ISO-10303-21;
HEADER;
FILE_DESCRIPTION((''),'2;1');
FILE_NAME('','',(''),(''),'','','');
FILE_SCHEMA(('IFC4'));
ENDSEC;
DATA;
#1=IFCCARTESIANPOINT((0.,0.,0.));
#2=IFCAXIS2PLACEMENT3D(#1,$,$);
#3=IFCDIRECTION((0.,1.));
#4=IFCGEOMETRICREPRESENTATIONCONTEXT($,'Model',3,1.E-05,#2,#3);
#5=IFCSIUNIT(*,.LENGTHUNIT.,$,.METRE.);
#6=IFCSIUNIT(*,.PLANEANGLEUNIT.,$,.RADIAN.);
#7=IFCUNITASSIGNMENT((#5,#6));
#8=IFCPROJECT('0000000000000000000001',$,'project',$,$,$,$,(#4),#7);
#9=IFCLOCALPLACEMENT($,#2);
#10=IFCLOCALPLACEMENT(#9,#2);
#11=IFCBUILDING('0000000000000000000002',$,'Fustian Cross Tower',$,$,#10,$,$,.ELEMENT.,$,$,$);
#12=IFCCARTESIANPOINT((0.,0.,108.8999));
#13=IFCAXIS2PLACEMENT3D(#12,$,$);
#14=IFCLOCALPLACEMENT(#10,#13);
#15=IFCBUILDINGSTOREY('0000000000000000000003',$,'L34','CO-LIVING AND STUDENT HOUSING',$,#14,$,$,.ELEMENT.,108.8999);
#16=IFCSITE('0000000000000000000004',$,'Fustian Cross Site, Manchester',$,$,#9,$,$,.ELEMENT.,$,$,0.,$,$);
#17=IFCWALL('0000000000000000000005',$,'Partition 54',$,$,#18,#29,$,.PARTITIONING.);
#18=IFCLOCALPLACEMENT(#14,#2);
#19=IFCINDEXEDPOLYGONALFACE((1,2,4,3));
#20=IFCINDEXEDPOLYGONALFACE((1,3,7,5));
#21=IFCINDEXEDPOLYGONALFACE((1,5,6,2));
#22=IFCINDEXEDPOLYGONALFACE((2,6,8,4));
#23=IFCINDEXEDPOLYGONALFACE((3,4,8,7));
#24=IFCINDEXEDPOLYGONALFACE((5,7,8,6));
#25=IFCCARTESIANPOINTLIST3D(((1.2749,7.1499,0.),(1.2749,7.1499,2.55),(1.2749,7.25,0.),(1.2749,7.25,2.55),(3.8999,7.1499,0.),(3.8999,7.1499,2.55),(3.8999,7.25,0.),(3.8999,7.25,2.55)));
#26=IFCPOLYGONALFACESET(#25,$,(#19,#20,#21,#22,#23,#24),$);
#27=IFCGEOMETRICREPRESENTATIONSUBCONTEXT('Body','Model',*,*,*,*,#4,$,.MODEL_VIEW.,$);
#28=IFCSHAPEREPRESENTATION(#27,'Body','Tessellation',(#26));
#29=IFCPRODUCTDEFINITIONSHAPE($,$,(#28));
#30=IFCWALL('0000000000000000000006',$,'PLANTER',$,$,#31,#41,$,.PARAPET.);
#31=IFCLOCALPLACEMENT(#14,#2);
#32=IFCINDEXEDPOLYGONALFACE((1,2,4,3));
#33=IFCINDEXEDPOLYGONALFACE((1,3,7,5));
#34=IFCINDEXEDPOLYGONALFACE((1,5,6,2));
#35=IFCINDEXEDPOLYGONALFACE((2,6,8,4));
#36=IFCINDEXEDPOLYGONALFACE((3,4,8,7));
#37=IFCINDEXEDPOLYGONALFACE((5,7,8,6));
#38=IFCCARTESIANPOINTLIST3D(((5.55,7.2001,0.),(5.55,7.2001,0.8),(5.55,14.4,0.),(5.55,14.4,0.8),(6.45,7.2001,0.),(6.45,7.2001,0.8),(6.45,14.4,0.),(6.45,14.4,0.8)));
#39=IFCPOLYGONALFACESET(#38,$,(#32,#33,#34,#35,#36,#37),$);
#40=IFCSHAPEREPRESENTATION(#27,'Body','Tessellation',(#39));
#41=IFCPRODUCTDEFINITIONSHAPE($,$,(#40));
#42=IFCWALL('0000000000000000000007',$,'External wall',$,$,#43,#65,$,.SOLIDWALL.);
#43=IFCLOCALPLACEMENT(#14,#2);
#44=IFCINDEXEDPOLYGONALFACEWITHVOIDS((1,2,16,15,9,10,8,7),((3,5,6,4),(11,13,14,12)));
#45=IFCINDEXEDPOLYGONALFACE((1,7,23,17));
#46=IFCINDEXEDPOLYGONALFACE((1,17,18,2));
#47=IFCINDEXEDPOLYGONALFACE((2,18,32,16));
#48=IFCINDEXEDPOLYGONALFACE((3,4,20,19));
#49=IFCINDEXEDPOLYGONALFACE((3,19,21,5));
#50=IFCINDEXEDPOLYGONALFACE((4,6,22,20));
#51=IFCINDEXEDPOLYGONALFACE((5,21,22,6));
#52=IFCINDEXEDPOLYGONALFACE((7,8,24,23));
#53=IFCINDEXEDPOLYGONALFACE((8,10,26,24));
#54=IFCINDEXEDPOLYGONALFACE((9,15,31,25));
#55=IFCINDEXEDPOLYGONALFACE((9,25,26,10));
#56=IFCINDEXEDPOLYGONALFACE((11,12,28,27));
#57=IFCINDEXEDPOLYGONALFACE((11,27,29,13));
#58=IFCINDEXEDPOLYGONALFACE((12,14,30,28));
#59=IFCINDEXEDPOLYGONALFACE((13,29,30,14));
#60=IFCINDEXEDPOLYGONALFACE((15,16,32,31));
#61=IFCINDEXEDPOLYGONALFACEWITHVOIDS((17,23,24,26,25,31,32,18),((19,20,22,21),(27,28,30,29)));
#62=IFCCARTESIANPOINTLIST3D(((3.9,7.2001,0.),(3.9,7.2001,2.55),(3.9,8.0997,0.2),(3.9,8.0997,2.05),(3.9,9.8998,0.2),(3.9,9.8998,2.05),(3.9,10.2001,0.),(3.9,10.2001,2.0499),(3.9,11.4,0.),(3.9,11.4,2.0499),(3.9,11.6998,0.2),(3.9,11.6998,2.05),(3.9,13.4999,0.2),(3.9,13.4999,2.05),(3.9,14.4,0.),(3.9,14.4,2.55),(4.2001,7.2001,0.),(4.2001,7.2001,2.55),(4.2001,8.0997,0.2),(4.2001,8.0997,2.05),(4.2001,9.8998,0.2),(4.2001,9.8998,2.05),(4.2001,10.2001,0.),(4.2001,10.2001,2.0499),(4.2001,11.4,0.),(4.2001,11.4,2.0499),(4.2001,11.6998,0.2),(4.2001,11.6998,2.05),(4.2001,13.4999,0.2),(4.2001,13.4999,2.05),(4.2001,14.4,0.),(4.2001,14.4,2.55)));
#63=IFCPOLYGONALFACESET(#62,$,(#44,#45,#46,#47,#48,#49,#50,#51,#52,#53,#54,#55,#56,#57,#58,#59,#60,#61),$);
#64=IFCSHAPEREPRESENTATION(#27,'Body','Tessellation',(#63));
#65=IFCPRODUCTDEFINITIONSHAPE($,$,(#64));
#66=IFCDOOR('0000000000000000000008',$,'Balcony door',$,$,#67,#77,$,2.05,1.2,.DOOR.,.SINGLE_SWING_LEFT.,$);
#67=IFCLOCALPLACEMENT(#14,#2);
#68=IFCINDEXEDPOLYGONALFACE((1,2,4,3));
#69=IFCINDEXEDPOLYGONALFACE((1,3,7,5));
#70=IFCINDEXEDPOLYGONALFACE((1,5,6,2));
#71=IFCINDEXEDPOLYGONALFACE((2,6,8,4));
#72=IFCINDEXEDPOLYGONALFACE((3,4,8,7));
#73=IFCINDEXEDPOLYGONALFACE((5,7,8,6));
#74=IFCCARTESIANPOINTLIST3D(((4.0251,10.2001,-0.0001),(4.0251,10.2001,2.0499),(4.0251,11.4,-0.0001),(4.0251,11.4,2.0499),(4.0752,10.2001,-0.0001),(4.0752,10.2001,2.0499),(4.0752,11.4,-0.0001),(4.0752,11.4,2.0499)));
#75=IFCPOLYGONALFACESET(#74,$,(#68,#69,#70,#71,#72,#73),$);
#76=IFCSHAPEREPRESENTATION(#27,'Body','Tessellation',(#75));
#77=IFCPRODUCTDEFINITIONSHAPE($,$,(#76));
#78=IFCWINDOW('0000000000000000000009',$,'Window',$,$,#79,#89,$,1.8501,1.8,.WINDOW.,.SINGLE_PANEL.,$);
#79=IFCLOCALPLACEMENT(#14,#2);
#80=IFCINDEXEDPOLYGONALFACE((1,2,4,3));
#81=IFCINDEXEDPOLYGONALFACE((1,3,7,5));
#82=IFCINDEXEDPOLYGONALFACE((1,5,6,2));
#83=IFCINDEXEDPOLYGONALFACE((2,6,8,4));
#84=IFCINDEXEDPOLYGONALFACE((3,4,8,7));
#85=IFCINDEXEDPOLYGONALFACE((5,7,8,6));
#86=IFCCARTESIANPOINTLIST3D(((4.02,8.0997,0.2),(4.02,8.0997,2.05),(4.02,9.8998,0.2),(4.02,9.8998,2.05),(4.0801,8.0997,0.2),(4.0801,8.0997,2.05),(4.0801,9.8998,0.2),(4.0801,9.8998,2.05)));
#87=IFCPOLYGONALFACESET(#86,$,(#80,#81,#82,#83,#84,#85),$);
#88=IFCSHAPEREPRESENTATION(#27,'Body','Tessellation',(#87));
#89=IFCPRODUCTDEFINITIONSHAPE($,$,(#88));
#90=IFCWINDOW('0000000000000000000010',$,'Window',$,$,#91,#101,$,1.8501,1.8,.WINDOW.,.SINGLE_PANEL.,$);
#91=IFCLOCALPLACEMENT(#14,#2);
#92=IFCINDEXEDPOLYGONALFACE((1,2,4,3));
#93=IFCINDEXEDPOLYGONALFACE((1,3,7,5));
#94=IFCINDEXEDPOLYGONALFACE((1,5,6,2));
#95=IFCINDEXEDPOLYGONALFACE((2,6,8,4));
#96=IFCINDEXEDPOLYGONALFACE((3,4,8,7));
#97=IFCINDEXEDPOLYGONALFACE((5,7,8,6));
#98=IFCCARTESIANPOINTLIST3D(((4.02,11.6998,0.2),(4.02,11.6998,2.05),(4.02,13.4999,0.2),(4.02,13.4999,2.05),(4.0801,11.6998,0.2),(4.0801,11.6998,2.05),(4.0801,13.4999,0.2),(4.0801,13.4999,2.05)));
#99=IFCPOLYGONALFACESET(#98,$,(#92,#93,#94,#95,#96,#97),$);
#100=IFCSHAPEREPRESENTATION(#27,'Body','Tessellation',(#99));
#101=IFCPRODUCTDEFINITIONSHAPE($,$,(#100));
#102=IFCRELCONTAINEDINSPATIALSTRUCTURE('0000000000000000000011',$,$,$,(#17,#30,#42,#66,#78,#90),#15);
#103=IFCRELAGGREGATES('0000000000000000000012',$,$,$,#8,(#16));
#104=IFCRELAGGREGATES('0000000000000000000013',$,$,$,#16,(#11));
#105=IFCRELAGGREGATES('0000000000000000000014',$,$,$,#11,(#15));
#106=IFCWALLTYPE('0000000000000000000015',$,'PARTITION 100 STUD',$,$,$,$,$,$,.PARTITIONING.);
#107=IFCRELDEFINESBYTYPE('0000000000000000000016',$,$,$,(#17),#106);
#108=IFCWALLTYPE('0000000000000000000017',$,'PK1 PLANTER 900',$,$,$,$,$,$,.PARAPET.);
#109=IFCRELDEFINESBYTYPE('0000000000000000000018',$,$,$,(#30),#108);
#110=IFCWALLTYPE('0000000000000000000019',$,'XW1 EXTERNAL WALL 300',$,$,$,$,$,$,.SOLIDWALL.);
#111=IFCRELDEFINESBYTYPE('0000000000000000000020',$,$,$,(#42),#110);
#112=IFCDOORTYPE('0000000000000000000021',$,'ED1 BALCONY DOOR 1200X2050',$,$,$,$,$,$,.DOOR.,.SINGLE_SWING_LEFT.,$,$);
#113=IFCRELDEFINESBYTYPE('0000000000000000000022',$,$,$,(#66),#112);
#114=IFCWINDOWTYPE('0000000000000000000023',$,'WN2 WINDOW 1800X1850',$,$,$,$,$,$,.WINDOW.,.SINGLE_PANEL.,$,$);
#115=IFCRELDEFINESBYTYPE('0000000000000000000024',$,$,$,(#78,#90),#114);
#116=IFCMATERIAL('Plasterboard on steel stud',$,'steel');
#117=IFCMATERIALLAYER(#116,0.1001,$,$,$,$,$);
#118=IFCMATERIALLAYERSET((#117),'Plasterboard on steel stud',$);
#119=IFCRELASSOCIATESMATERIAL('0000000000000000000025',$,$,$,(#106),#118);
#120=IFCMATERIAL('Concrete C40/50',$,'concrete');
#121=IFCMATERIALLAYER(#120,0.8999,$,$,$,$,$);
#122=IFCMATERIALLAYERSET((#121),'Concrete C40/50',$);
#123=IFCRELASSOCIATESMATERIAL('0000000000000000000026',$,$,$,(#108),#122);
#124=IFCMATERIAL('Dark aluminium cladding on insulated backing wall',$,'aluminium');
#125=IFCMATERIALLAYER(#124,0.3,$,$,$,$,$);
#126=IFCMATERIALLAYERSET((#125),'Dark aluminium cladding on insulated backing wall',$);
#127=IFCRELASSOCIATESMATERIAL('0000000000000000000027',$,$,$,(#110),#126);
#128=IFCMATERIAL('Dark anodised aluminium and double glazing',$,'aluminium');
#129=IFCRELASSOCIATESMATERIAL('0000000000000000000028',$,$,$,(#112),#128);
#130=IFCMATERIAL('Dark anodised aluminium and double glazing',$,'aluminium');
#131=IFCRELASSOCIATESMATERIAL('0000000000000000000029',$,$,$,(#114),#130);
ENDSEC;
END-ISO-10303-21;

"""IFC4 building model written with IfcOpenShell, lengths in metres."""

from ifc_helpers import new_model, si_unit, direction, frame, frame_2d, origin, place, context, subcontext, project, spatial, rectangle, extrude, material, layer, layer_set, type_object, element, fill, save


model = new_model("IFC4")

# Units and contexts
model_context = context("Model", 3, precision=1e-05, world=origin(), true_north=direction((0.0, 1.0)))
body_context = subcontext(model_context, "Body", "Model", "MODEL_VIEW")
ifc_project = project(units=[si_unit("LENGTHUNIT", "METRE"), si_unit("PLANEANGLEUNIT", "RADIAN")], contexts=[model_context])

# Site, building, storey
site_placement = place(None, origin())
site = spatial("IfcSite", under=ifc_project, at=site_placement, Name="Fustian Cross Site, Manchester", CompositionType="ELEMENT", RefElevation=0.0)
building_placement = place(site_placement, origin())
building = spatial("IfcBuilding", under=site, at=building_placement, Name="Fustian Cross Tower", CompositionType="ELEMENT")
storey_placement = place(building_placement, frame((0.0, 0.0, 108.8999)))
storey = spatial("IfcBuildingStorey", under=building, at=storey_placement, Name="L34", Description="CO-LIVING AND STUDENT HOUSING", CompositionType="ELEMENT", Elevation=108.8999)

# Walls
ifc_material_1 = material(Name="Plasterboard on steel stud", Category="steel")
ifc_layer_1 = layer(ifc_material_1, 0.1001)
ifc_layer_set_1 = layer_set([ifc_layer_1], Name="Plasterboard on steel stud")
wall_type_1 = type_object("IfcWallType", Name="PARTITION 100 STUD", PredefinedType="PARTITIONING", material=ifc_layer_set_1)
wall_1_placement = place(storey_placement, frame((1.2749, 7.2, 0.0), z_axis=(0.0, 0.0, 1.0), x_axis=(1.0, 0.0, 0.0)))
element("IfcWall", 1, at=wall_1_placement, inside=storey, type_object=wall_type_1, Name="Partition 54", PredefinedType="PARTITIONING", context=body_context, shape_type="SweptSolid", body=[
    extrude(rectangle(XDim=2.625, YDim=0.1001, at=frame_2d((1.3125, 0.0))), origin(), (0.0, 0.0, 1.0), 2.55),
])
ifc_material_2 = material(Name="Concrete C40/50", Category="concrete")
ifc_layer_2 = layer(ifc_material_2, 0.8999)
ifc_layer_set_2 = layer_set([ifc_layer_2], Name="Concrete C40/50")
wall_type_2 = type_object("IfcWallType", Name="PK1 PLANTER 900", PredefinedType="PARAPET", material=ifc_layer_set_2)
wall_2_placement = place(storey_placement, frame((6.0, 7.2, 0.0), z_axis=(0.0, 0.0, 1.0), x_axis=(0.0, 1.0, 0.0)))
element("IfcWall", 2, at=wall_2_placement, inside=storey, type_object=wall_type_2, Name="PLANTER", PredefinedType="PARAPET", context=body_context, shape_type="SweptSolid", body=[
    extrude(rectangle(XDim=7.2, YDim=0.8999, at=frame_2d((3.6001, 0.0))), origin(), (0.0, 0.0, 1.0), 0.8),
])

# Wall, openings, door, windows
ifc_material_3 = material(Name="Dark aluminium cladding on insulated backing wall", Category="aluminium")
ifc_layer_3 = layer(ifc_material_3, 0.3)
ifc_layer_set_3 = layer_set([ifc_layer_3], Name="Dark aluminium cladding on insulated backing wall")
wall_type_3 = type_object("IfcWallType", Name="XW1 EXTERNAL WALL 300", PredefinedType="SOLIDWALL", material=ifc_layer_set_3)
wall_3_placement = place(storey_placement, frame((4.05, 7.2, 0.0), z_axis=(0.0, 0.0, 1.0), x_axis=(0.0, 1.0, 0.0)))
wall_3 = element("IfcWall", 3, at=wall_3_placement, inside=storey, type_object=wall_type_3, Name="External wall", PredefinedType="SOLIDWALL", context=body_context, shape_type="SweptSolid", body=[
    extrude(rectangle(XDim=7.2, YDim=0.3, at=frame_2d((3.6001, 0.0))), origin(), (0.0, 0.0, 1.0), 2.55),
])
opening_1_placement = place(wall_3_placement, frame((3.0, 0.0, 0.0)))
opening_1 = element("IfcOpeningElement", 4, at=opening_1_placement, cuts=wall_3, PredefinedType="OPENING", context=body_context, shape_type="SweptSolid", body=[
    extrude(rectangle(XDim=1.2, YDim=2.05, at=frame_2d((0.6001, 1.0249))), frame((0.0, 0.1599, 0.0), z_axis=(0.0, -1.0, 0.0), x_axis=(1.0, 0.0, 0.0)), (0.0, 0.0, 1.0), 0.3201),
])
opening_2_placement = place(wall_3_placement, frame((0.8999, 0.0, 0.2)))
opening_2 = element("IfcOpeningElement", 5, at=opening_2_placement, cuts=wall_3, PredefinedType="OPENING", context=body_context, shape_type="SweptSolid", body=[
    extrude(rectangle(XDim=1.8, YDim=1.8501, at=frame_2d((0.8999, 0.925))), frame((0.0, 0.1599, 0.0), z_axis=(0.0, -1.0, 0.0), x_axis=(1.0, 0.0, 0.0)), (0.0, 0.0, 1.0), 0.3201),
])
opening_3_placement = place(wall_3_placement, frame((4.5, 0.0, 0.2)))
opening_3 = element("IfcOpeningElement", 6, at=opening_3_placement, cuts=wall_3, PredefinedType="OPENING", context=body_context, shape_type="SweptSolid", body=[
    extrude(rectangle(XDim=1.8, YDim=1.8501, at=frame_2d((0.8999, 0.925))), frame((0.0, 0.1599, 0.0), z_axis=(0.0, -1.0, 0.0), x_axis=(1.0, 0.0, 0.0)), (0.0, 0.0, 1.0), 0.3201),
])
ifc_material_4 = material(Name="Dark anodised aluminium and double glazing", Category="aluminium")
door_type_1 = type_object("IfcDoorType", Name="ED1 BALCONY DOOR 1200X2050", OperationType="SINGLE_SWING_LEFT", PredefinedType="DOOR", material=ifc_material_4)
door_1_placement = place(opening_1_placement, origin())
door_1 = element("IfcDoor", 7, at=door_1_placement, inside=storey, type_object=door_type_1, Name="Balcony door", OperationType="SINGLE_SWING_LEFT", OverallHeight=2.05, OverallWidth=1.2, PredefinedType="DOOR", context=body_context, shape_type="SweptSolid", body=[
    extrude(rectangle(XDim=1.2, YDim=2.05, at=frame_2d((0.6001, 1.0249))), frame((0.0, 0.0249, 0.0), z_axis=(0.0, -1.0, 0.0), x_axis=(1.0, 0.0, 0.0)), (0.0, 0.0, 1.0), 0.05),
])
fill(opening_1, door_1)
ifc_material_5 = material(Name="Dark anodised aluminium and double glazing", Category="aluminium")
window_type = type_object("IfcWindowType", Name="WN2 WINDOW 1800X1850", PartitioningType="SINGLE_PANEL", PredefinedType="WINDOW", material=ifc_material_5)
window_1_placement = place(opening_2_placement, origin())
window_1 = element("IfcWindow", 8, at=window_1_placement, inside=storey, type_object=window_type, Name="Window", OverallHeight=1.8501, OverallWidth=1.8, PartitioningType="SINGLE_PANEL", PredefinedType="WINDOW", context=body_context, shape_type="SweptSolid", body=[
    extrude(rectangle(XDim=1.8, YDim=1.8501, at=frame_2d((0.8999, 0.925))), frame((0.0, 0.03, 0.0), z_axis=(0.0, -1.0, 0.0), x_axis=(1.0, 0.0, 0.0)), (0.0, 0.0, 1.0), 0.0601),
])
fill(opening_2, window_1)
window_2_placement = place(opening_3_placement, origin())
window_2 = element("IfcWindow", 9, at=window_2_placement, inside=storey, type_object=window_type, Name="Window", OverallHeight=1.8501, OverallWidth=1.8, PartitioningType="SINGLE_PANEL", PredefinedType="WINDOW", context=body_context, shape_type="SweptSolid", body=[
    extrude(rectangle(XDim=1.8, YDim=1.8501, at=frame_2d((0.8999, 0.925))), frame((0.0, 0.03, 0.0), z_axis=(0.0, -1.0, 0.0), x_axis=(1.0, 0.0, 0.0)), (0.0, 0.0, 1.0), 0.0601),
])
fill(opening_3, window_2)

save(model, "model.ifc")
